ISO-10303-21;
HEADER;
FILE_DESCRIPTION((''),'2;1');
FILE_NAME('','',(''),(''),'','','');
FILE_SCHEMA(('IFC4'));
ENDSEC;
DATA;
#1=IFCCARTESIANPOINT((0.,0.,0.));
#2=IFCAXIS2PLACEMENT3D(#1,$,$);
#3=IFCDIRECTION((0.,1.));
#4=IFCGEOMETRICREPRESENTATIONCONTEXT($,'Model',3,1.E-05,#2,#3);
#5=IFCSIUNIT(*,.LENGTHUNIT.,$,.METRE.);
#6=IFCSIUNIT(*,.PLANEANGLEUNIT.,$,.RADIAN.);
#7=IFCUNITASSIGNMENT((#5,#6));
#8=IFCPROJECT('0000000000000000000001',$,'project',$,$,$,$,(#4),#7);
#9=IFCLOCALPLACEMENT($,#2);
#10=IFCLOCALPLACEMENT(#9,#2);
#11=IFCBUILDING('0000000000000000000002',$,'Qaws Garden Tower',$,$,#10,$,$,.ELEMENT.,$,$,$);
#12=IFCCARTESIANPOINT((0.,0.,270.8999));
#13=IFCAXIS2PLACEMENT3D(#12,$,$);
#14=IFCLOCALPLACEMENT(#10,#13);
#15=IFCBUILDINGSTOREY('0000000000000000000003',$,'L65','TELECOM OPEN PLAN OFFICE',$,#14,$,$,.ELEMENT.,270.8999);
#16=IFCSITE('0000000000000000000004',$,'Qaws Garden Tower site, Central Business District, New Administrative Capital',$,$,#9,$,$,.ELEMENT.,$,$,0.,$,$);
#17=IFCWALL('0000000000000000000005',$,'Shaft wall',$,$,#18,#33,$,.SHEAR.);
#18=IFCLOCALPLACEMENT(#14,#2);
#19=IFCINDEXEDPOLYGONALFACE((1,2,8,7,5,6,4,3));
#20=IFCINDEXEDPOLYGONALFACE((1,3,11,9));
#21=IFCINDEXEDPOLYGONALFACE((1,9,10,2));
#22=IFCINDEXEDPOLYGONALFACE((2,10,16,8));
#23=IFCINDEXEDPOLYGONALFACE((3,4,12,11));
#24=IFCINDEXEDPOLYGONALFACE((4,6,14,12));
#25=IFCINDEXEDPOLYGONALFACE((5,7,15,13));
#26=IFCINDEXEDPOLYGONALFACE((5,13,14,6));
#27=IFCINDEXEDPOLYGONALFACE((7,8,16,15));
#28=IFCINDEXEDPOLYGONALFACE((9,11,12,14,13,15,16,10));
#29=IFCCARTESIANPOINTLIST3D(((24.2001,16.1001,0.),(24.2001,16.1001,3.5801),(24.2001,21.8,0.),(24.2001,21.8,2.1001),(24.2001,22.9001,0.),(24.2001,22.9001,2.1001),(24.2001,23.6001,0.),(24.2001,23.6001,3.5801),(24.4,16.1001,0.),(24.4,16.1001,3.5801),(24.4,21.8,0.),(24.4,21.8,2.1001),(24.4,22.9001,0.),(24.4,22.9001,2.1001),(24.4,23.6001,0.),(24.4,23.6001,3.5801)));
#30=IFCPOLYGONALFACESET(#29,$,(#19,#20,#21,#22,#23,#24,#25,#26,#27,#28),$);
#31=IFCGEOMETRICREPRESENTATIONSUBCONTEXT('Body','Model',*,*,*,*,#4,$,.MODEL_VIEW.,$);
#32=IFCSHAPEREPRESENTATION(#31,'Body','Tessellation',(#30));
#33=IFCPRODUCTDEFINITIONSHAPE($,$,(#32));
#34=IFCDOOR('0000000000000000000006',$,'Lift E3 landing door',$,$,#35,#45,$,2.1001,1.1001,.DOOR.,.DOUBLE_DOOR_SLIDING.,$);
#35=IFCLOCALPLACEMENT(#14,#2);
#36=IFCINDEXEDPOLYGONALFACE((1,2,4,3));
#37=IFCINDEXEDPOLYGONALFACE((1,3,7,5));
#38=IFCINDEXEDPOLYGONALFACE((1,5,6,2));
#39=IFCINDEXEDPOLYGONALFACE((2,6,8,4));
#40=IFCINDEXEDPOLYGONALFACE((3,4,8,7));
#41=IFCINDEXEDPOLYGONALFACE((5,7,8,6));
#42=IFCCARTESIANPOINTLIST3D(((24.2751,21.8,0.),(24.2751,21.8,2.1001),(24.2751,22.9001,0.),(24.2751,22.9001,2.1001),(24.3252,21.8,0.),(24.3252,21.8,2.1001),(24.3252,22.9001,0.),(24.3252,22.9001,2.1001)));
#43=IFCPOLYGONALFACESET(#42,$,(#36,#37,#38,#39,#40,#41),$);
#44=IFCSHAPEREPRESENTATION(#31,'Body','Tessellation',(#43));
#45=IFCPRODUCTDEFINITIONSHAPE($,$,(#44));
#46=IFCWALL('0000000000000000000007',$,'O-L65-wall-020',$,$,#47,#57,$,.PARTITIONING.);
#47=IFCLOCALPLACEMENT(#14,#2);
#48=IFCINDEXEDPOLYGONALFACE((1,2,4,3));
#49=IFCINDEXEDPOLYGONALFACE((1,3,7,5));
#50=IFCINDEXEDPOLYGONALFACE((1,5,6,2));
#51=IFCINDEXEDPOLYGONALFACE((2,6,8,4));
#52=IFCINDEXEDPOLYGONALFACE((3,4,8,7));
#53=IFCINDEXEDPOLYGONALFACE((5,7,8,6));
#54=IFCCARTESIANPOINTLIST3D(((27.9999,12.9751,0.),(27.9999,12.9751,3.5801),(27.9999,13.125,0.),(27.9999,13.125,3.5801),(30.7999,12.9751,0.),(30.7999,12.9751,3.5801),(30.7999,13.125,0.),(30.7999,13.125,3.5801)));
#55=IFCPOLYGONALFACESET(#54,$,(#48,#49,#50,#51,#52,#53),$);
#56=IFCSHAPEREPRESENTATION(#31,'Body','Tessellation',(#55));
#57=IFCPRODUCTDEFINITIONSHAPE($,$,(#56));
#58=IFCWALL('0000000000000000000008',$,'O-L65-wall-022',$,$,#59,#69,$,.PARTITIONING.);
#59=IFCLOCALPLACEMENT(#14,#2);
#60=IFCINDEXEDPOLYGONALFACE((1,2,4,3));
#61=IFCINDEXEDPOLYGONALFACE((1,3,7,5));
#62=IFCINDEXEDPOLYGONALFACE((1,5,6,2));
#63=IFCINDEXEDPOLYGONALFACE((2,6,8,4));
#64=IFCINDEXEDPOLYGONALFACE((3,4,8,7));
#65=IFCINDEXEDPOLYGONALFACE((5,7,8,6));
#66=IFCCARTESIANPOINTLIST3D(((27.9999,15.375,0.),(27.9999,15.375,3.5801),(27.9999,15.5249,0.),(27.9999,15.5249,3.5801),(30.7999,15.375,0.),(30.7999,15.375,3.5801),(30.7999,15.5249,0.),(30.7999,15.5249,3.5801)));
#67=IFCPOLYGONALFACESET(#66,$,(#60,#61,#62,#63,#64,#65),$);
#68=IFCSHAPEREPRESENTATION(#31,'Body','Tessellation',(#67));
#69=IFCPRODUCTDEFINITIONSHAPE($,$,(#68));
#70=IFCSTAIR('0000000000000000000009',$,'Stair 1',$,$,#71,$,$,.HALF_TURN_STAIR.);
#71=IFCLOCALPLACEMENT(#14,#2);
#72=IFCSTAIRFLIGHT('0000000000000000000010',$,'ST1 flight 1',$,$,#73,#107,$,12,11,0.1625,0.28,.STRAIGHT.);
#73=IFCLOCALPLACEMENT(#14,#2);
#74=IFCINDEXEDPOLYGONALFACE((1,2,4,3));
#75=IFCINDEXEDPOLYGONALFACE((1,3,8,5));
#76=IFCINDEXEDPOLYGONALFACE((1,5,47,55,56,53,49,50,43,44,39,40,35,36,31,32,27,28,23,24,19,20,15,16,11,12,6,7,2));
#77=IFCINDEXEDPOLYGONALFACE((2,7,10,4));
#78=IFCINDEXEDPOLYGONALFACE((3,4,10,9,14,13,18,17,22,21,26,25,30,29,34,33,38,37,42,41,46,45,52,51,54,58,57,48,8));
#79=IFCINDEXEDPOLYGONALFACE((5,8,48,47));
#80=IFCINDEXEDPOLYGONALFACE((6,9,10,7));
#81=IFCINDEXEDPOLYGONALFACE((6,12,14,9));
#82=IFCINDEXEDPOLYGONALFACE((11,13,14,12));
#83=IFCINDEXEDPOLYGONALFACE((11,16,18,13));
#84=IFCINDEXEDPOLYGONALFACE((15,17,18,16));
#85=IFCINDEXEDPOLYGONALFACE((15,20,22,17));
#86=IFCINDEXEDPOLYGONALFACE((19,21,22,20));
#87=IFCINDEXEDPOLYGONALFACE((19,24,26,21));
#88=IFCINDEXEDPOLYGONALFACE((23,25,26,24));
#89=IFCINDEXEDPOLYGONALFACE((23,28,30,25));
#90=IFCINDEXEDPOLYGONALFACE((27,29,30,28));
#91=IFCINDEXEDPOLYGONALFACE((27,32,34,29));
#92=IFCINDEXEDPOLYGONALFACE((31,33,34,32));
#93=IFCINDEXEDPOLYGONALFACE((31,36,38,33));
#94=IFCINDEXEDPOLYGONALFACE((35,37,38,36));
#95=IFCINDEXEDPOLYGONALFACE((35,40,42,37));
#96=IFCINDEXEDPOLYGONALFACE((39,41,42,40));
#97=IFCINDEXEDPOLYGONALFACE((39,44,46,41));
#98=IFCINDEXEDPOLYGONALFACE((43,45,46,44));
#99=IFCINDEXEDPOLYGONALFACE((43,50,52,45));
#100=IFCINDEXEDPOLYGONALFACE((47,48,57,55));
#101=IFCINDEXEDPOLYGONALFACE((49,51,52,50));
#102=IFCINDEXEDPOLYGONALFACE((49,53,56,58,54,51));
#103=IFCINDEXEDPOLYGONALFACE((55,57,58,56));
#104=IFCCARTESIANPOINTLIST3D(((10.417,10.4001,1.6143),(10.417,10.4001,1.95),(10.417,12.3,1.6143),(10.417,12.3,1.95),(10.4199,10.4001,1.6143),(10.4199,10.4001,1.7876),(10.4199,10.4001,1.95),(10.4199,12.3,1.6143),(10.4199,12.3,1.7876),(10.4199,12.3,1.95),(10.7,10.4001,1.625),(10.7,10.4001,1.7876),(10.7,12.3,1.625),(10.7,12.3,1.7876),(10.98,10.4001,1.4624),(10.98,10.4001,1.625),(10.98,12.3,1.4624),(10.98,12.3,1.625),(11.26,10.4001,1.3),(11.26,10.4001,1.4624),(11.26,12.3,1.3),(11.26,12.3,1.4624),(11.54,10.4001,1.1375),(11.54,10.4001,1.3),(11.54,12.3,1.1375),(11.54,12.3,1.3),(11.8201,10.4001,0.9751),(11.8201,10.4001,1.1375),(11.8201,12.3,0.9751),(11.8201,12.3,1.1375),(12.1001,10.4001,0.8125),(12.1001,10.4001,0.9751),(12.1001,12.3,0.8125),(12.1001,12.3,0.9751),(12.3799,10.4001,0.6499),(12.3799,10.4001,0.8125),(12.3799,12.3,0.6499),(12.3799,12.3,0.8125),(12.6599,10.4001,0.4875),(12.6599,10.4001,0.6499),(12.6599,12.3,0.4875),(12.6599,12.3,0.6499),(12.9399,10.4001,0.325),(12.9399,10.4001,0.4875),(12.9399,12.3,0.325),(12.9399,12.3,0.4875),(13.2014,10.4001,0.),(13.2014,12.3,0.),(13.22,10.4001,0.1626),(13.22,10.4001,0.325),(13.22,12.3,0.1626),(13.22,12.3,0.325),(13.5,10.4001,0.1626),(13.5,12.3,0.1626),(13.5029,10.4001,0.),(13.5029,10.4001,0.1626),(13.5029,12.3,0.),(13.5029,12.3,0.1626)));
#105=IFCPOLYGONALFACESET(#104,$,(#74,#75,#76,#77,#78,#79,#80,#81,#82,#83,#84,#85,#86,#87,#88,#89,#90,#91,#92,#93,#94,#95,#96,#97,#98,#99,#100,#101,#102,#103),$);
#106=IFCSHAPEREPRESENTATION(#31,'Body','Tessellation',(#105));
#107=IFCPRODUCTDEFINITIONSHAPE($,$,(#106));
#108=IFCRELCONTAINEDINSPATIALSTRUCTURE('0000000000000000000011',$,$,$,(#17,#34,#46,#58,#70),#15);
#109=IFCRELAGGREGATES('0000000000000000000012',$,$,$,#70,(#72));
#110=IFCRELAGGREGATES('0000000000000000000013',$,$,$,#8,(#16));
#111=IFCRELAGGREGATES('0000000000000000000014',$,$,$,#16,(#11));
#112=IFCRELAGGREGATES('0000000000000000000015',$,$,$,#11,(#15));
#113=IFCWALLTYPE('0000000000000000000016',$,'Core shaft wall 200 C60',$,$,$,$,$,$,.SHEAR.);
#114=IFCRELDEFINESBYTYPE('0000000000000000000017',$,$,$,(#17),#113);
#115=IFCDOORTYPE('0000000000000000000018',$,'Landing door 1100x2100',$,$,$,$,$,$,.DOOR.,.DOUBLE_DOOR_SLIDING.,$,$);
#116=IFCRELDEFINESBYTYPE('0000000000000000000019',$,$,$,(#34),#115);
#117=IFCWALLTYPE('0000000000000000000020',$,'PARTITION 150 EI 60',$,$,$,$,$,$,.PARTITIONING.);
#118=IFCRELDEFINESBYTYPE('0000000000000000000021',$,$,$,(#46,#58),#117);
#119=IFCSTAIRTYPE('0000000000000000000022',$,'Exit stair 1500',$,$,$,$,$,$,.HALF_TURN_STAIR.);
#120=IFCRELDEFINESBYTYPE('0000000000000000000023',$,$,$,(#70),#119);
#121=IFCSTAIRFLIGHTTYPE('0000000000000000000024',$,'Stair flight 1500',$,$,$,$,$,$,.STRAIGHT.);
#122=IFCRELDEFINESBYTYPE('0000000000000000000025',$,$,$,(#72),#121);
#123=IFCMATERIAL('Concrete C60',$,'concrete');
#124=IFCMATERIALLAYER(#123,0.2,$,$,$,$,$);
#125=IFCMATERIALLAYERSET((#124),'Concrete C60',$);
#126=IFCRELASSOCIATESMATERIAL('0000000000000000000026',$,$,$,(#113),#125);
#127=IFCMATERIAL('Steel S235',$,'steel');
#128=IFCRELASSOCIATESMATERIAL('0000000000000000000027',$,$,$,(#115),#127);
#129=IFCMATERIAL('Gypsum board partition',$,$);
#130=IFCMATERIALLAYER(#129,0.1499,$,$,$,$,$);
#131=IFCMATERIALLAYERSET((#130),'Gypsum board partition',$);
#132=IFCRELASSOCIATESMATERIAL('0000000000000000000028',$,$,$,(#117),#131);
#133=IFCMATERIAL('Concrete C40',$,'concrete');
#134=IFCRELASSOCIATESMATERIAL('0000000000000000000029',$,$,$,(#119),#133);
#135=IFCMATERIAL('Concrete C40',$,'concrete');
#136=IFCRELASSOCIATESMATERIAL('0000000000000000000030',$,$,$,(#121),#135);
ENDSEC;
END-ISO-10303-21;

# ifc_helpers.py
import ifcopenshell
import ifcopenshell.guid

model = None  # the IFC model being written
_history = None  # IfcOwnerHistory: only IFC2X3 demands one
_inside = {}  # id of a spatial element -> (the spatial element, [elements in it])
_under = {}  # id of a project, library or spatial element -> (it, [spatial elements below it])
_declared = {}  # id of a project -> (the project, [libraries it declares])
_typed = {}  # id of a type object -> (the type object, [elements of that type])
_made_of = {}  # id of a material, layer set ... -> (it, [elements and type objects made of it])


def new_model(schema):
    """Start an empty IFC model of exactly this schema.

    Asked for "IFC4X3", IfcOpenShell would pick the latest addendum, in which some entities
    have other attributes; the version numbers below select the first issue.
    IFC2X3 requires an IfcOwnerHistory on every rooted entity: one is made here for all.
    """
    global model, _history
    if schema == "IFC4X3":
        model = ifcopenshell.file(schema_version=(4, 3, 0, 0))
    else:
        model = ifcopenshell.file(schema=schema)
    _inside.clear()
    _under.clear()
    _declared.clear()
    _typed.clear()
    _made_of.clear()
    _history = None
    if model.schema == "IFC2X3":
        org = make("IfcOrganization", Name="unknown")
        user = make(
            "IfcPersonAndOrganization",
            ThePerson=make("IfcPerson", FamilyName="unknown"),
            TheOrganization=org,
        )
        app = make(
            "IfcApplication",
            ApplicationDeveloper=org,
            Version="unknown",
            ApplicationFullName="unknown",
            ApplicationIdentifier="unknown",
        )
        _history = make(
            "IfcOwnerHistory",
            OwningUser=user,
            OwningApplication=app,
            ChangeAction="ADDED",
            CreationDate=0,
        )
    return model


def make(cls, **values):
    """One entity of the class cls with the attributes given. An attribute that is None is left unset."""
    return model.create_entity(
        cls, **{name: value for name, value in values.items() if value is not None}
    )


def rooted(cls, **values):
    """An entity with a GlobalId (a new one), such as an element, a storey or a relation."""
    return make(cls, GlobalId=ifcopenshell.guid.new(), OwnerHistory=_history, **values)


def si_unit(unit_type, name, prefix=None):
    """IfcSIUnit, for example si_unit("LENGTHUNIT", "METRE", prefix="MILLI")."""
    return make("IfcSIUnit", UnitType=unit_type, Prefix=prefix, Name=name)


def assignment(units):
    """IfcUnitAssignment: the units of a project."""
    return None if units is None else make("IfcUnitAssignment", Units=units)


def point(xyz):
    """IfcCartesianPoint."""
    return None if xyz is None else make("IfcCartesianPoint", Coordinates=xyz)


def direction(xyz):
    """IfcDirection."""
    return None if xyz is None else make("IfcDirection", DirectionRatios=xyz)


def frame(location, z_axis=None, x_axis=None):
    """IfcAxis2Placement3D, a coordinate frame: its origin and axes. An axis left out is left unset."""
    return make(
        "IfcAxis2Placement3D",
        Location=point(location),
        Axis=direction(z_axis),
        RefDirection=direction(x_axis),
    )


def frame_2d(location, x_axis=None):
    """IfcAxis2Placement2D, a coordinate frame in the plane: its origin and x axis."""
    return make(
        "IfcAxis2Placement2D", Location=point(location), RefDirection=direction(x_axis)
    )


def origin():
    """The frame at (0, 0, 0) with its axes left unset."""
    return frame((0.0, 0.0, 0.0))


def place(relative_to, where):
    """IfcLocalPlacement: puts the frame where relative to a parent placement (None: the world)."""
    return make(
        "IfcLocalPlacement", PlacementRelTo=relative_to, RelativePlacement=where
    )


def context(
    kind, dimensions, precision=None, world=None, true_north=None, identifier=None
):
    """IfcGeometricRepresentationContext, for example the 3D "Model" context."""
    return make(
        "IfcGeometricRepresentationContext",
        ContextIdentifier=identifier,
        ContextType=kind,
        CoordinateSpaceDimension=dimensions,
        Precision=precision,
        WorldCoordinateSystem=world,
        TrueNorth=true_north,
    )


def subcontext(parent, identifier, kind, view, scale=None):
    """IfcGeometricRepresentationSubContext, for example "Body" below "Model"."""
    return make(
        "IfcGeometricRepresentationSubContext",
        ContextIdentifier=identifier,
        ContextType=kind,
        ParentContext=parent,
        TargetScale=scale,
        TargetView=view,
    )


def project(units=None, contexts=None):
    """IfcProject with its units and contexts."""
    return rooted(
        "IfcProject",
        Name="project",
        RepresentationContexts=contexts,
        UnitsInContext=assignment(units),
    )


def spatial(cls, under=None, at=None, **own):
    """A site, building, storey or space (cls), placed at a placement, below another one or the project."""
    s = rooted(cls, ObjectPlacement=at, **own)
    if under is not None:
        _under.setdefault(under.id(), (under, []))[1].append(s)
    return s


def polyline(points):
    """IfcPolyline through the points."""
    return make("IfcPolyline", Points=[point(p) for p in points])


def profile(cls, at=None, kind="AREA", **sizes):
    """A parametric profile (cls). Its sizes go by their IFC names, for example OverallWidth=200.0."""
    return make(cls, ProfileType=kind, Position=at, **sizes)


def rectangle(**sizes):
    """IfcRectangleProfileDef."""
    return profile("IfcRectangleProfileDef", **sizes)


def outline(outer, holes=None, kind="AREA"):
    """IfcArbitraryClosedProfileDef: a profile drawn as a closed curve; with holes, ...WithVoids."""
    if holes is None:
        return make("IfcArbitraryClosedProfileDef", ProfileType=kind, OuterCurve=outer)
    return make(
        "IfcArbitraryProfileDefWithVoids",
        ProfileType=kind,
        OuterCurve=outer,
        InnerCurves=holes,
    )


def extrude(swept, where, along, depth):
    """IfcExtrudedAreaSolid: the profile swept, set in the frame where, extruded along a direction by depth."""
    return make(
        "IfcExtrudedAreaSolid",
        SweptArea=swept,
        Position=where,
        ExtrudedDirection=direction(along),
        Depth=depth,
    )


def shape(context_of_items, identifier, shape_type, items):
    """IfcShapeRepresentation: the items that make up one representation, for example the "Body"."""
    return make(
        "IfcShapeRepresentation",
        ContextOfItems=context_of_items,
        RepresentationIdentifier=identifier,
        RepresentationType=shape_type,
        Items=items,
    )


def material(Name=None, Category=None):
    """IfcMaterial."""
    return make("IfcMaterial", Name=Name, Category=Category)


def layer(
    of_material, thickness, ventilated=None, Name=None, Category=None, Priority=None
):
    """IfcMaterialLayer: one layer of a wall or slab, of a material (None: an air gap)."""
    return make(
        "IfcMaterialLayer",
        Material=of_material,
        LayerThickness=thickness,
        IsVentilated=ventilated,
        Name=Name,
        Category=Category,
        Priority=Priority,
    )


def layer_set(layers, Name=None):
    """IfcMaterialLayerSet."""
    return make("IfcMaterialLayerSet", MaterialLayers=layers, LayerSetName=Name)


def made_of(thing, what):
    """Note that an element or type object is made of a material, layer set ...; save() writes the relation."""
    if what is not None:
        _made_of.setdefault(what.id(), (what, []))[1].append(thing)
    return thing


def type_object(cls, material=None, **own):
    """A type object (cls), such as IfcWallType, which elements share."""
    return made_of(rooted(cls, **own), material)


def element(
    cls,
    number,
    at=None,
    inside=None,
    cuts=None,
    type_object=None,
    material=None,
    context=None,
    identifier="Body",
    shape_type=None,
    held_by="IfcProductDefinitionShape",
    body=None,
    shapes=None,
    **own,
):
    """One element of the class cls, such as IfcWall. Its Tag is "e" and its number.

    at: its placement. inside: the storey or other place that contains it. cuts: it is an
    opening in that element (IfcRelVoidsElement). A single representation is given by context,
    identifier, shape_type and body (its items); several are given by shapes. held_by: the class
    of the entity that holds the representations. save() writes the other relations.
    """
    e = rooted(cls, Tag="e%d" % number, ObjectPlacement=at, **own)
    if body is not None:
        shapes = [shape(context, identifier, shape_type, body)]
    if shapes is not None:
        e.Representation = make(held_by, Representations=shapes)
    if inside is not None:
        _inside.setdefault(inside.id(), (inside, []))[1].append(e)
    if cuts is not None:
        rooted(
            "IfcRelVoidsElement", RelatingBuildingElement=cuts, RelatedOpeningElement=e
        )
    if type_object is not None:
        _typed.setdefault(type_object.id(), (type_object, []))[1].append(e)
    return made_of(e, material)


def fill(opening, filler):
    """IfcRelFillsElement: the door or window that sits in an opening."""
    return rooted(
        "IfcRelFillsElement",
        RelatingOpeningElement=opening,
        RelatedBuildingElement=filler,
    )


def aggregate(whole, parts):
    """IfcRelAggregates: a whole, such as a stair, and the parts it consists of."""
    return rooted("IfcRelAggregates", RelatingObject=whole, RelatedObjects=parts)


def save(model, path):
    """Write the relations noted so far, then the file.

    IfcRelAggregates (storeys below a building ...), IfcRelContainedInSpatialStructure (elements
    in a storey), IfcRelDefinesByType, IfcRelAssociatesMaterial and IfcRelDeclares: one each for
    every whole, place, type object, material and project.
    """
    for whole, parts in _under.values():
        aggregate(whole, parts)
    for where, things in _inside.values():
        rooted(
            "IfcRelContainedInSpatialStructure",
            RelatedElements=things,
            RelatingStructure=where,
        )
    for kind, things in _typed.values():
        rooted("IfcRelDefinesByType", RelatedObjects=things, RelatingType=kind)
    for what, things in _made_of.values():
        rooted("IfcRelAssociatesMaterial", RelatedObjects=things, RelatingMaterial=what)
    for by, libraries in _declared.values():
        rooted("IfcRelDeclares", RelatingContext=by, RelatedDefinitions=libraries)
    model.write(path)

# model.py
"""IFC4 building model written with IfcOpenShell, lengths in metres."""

from ifc_helpers import new_model, si_unit, direction, frame, frame_2d, origin, place, context, subcontext, project, spatial, polyline, rectangle, outline, extrude, material, layer, layer_set, type_object, element, fill, aggregate, save


model = new_model("IFC4")

# Units and contexts
model_context = context("Model", 3, precision=1e-05, world=origin(), true_north=direction((0.0, 1.0)))
body_context = subcontext(model_context, "Body", "Model", "MODEL_VIEW")
ifc_project = project(units=[si_unit("LENGTHUNIT", "METRE"), si_unit("PLANEANGLEUNIT", "RADIAN")], contexts=[model_context])

# Site, building, storey
site_placement = place(None, origin())
site = spatial("IfcSite", under=ifc_project, at=site_placement, Name="Qaws Garden Tower site, Central Business District, New Administrative Capital", CompositionType="ELEMENT", RefElevation=0.0)
building_placement = place(site_placement, origin())
building = spatial("IfcBuilding", under=site, at=building_placement, Name="Qaws Garden Tower", CompositionType="ELEMENT")
storey_placement = place(building_placement, frame((0.0, 0.0, 270.8999)))
storey = spatial("IfcBuildingStorey", under=building, at=storey_placement, Name="L65", Description="TELECOM OPEN PLAN OFFICE", CompositionType="ELEMENT", Elevation=270.8999)

# Shared definitions
ifc_material_1 = material(Name="Concrete C60", Category="concrete")
ifc_layer_1 = layer(ifc_material_1, 0.2)
ifc_layer_set_1 = layer_set([ifc_layer_1], Name="Concrete C60")
wall_type_1 = type_object("IfcWallType", Name="Core shaft wall 200 C60", PredefinedType="SHEAR", material=ifc_layer_set_1)
ifc_material_2 = material(Name="Steel S235", Category="steel")
door_type_1 = type_object("IfcDoorType", Name="Landing door 1100x2100", OperationType="DOUBLE_DOOR_SLIDING", PredefinedType="DOOR", material=ifc_material_2)

# Wall, opening, door
wall_1_placement = place(storey_placement, frame((24.3, 16.1001, 0.0), z_axis=(0.0, 0.0, 1.0), x_axis=(0.0, 1.0, 0.0)))
wall_1 = element("IfcWall", 1, at=wall_1_placement, inside=storey, type_object=wall_type_1, Name="Shaft wall", PredefinedType="SHEAR", context=body_context, shape_type="SweptSolid", body=[
    extrude(rectangle(XDim=7.5, YDim=0.2, at=frame_2d((3.75, 0.0))), origin(), (0.0, 0.0, 1.0), 3.5801),
])
opening_1_placement = place(wall_1_placement, frame((5.7, 0.0, 0.0)))
opening_1 = element("IfcOpeningElement", 2, at=opening_1_placement, cuts=wall_1, PredefinedType="OPENING", context=body_context, shape_type="SweptSolid", body=[
    extrude(rectangle(XDim=1.1001, YDim=2.1001, at=frame_2d((0.55, 1.05))), frame((0.0, 0.1099, 0.0), z_axis=(0.0, -1.0, 0.0), x_axis=(1.0, 0.0, 0.0)), (0.0, 0.0, 1.0), 0.22),
])
door_1_placement = place(opening_1_placement, origin())
door_1 = element("IfcDoor", 3, at=door_1_placement, inside=storey, type_object=door_type_1, Name="Lift E3 landing door", OperationType="DOUBLE_DOOR_SLIDING", OverallHeight=2.1001, OverallWidth=1.1001, PredefinedType="DOOR", context=body_context, shape_type="SweptSolid", body=[
    extrude(rectangle(XDim=1.1001, YDim=2.1001, at=frame_2d((0.55, 1.05))), frame((0.0, 0.0249, 0.0), z_axis=(0.0, -1.0, 0.0), x_axis=(1.0, 0.0, 0.0)), (0.0, 0.0, 1.0), 0.05),
])
fill(opening_1, door_1)

# Walls
ifc_material_3 = material(Name="Gypsum board partition")
ifc_layer_2 = layer(ifc_material_3, 0.1499)
ifc_layer_set_2 = layer_set([ifc_layer_2], Name="Gypsum board partition")
wall_type_2 = type_object("IfcWallType", Name="PARTITION 150 EI 60", PredefinedType="PARTITIONING", material=ifc_layer_set_2)
for number, where, z_axis, x_axis, name in (
    (4, (28.0, 13.05, 0.0), (0.0, 0.0, 1.0), (1.0, 0.0, 0.0), "O-L65-wall-020"),
    (5, (28.0, 15.45, 0.0), (0.0, 0.0, 1.0), (1.0, 0.0, 0.0), "O-L65-wall-022"),
):
    element("IfcWall", number, at=place(storey_placement, frame(where, z_axis=z_axis, x_axis=x_axis)), inside=storey, type_object=wall_type_2, Name=name, PredefinedType="PARTITIONING", context=body_context, shape_type="SweptSolid", body=[
        extrude(rectangle(XDim=2.8, YDim=0.1499, at=frame_2d((1.3999, 0.0))), origin(), (0.0, 0.0, 1.0), 3.5801),
    ])

# Stair, stair flight
ifc_material_4 = material(Name="Concrete C40", Category="concrete")
stair_type = type_object("IfcStairType", Name="Exit stair 1500", PredefinedType="HALF_TURN_STAIR", material=ifc_material_4)
stair_placement = place(storey_placement, origin())
stair = element("IfcStair", 6, at=stair_placement, inside=storey, type_object=stair_type, Name="Stair 1", PredefinedType="HALF_TURN_STAIR")
ifc_material_5 = material(Name="Concrete C40", Category="concrete")
stair_flight_type = type_object("IfcStairFlightType", Name="Stair flight 1500", PredefinedType="STRAIGHT", material=ifc_material_5)
stair_flight_placement = place(storey_placement, frame((13.5, 11.3501, 0.0), z_axis=(0.0, 0.0, 1.0), x_axis=(-1.0, 0.0, 0.0)))
stair_flight = element("IfcStairFlight", 7, at=stair_flight_placement, type_object=stair_flight_type, Name="ST1 flight 1", NumberOfRisers=12, NumberOfTreads=11, PredefinedType="STRAIGHT", RiserHeight=0.1625, TreadLength=0.28, context=body_context, shape_type="SweptSolid", body=[
    extrude(outline(polyline([(-0.0029, 0.0), (-0.0029, 0.1626), (0.0, 0.1626), (0.28, 0.1626), (0.28, 0.325), (0.5601, 0.325), (0.5601, 0.4875), (0.8401, 0.4875), (0.8401, 0.6499), (1.1201, 0.6499), (1.1201, 0.8125), (1.3999, 0.8125), (1.3999, 0.9751), (1.6799, 0.9751), (1.6799, 1.1375), (1.96, 1.1375), (1.96, 1.3), (2.24, 1.3), (2.24, 1.4624), (2.52, 1.4624), (2.52, 1.625), (2.8, 1.625), (2.8, 1.7876), (3.0801, 1.7876), (3.0801, 1.95), (3.083, 1.95), (3.083, 1.6143), (3.0801, 1.6143), (0.2986, 0.0), (-0.0029, 0.0)])), frame((0.0, 0.95, 0.0), z_axis=(0.0, -1.0, 0.0), x_axis=(1.0, 0.0, 0.0)), (0.0, 0.0, 1.0), 1.8999),
])
aggregate(stair, [stair_flight])

save(model, "model.ifc")
